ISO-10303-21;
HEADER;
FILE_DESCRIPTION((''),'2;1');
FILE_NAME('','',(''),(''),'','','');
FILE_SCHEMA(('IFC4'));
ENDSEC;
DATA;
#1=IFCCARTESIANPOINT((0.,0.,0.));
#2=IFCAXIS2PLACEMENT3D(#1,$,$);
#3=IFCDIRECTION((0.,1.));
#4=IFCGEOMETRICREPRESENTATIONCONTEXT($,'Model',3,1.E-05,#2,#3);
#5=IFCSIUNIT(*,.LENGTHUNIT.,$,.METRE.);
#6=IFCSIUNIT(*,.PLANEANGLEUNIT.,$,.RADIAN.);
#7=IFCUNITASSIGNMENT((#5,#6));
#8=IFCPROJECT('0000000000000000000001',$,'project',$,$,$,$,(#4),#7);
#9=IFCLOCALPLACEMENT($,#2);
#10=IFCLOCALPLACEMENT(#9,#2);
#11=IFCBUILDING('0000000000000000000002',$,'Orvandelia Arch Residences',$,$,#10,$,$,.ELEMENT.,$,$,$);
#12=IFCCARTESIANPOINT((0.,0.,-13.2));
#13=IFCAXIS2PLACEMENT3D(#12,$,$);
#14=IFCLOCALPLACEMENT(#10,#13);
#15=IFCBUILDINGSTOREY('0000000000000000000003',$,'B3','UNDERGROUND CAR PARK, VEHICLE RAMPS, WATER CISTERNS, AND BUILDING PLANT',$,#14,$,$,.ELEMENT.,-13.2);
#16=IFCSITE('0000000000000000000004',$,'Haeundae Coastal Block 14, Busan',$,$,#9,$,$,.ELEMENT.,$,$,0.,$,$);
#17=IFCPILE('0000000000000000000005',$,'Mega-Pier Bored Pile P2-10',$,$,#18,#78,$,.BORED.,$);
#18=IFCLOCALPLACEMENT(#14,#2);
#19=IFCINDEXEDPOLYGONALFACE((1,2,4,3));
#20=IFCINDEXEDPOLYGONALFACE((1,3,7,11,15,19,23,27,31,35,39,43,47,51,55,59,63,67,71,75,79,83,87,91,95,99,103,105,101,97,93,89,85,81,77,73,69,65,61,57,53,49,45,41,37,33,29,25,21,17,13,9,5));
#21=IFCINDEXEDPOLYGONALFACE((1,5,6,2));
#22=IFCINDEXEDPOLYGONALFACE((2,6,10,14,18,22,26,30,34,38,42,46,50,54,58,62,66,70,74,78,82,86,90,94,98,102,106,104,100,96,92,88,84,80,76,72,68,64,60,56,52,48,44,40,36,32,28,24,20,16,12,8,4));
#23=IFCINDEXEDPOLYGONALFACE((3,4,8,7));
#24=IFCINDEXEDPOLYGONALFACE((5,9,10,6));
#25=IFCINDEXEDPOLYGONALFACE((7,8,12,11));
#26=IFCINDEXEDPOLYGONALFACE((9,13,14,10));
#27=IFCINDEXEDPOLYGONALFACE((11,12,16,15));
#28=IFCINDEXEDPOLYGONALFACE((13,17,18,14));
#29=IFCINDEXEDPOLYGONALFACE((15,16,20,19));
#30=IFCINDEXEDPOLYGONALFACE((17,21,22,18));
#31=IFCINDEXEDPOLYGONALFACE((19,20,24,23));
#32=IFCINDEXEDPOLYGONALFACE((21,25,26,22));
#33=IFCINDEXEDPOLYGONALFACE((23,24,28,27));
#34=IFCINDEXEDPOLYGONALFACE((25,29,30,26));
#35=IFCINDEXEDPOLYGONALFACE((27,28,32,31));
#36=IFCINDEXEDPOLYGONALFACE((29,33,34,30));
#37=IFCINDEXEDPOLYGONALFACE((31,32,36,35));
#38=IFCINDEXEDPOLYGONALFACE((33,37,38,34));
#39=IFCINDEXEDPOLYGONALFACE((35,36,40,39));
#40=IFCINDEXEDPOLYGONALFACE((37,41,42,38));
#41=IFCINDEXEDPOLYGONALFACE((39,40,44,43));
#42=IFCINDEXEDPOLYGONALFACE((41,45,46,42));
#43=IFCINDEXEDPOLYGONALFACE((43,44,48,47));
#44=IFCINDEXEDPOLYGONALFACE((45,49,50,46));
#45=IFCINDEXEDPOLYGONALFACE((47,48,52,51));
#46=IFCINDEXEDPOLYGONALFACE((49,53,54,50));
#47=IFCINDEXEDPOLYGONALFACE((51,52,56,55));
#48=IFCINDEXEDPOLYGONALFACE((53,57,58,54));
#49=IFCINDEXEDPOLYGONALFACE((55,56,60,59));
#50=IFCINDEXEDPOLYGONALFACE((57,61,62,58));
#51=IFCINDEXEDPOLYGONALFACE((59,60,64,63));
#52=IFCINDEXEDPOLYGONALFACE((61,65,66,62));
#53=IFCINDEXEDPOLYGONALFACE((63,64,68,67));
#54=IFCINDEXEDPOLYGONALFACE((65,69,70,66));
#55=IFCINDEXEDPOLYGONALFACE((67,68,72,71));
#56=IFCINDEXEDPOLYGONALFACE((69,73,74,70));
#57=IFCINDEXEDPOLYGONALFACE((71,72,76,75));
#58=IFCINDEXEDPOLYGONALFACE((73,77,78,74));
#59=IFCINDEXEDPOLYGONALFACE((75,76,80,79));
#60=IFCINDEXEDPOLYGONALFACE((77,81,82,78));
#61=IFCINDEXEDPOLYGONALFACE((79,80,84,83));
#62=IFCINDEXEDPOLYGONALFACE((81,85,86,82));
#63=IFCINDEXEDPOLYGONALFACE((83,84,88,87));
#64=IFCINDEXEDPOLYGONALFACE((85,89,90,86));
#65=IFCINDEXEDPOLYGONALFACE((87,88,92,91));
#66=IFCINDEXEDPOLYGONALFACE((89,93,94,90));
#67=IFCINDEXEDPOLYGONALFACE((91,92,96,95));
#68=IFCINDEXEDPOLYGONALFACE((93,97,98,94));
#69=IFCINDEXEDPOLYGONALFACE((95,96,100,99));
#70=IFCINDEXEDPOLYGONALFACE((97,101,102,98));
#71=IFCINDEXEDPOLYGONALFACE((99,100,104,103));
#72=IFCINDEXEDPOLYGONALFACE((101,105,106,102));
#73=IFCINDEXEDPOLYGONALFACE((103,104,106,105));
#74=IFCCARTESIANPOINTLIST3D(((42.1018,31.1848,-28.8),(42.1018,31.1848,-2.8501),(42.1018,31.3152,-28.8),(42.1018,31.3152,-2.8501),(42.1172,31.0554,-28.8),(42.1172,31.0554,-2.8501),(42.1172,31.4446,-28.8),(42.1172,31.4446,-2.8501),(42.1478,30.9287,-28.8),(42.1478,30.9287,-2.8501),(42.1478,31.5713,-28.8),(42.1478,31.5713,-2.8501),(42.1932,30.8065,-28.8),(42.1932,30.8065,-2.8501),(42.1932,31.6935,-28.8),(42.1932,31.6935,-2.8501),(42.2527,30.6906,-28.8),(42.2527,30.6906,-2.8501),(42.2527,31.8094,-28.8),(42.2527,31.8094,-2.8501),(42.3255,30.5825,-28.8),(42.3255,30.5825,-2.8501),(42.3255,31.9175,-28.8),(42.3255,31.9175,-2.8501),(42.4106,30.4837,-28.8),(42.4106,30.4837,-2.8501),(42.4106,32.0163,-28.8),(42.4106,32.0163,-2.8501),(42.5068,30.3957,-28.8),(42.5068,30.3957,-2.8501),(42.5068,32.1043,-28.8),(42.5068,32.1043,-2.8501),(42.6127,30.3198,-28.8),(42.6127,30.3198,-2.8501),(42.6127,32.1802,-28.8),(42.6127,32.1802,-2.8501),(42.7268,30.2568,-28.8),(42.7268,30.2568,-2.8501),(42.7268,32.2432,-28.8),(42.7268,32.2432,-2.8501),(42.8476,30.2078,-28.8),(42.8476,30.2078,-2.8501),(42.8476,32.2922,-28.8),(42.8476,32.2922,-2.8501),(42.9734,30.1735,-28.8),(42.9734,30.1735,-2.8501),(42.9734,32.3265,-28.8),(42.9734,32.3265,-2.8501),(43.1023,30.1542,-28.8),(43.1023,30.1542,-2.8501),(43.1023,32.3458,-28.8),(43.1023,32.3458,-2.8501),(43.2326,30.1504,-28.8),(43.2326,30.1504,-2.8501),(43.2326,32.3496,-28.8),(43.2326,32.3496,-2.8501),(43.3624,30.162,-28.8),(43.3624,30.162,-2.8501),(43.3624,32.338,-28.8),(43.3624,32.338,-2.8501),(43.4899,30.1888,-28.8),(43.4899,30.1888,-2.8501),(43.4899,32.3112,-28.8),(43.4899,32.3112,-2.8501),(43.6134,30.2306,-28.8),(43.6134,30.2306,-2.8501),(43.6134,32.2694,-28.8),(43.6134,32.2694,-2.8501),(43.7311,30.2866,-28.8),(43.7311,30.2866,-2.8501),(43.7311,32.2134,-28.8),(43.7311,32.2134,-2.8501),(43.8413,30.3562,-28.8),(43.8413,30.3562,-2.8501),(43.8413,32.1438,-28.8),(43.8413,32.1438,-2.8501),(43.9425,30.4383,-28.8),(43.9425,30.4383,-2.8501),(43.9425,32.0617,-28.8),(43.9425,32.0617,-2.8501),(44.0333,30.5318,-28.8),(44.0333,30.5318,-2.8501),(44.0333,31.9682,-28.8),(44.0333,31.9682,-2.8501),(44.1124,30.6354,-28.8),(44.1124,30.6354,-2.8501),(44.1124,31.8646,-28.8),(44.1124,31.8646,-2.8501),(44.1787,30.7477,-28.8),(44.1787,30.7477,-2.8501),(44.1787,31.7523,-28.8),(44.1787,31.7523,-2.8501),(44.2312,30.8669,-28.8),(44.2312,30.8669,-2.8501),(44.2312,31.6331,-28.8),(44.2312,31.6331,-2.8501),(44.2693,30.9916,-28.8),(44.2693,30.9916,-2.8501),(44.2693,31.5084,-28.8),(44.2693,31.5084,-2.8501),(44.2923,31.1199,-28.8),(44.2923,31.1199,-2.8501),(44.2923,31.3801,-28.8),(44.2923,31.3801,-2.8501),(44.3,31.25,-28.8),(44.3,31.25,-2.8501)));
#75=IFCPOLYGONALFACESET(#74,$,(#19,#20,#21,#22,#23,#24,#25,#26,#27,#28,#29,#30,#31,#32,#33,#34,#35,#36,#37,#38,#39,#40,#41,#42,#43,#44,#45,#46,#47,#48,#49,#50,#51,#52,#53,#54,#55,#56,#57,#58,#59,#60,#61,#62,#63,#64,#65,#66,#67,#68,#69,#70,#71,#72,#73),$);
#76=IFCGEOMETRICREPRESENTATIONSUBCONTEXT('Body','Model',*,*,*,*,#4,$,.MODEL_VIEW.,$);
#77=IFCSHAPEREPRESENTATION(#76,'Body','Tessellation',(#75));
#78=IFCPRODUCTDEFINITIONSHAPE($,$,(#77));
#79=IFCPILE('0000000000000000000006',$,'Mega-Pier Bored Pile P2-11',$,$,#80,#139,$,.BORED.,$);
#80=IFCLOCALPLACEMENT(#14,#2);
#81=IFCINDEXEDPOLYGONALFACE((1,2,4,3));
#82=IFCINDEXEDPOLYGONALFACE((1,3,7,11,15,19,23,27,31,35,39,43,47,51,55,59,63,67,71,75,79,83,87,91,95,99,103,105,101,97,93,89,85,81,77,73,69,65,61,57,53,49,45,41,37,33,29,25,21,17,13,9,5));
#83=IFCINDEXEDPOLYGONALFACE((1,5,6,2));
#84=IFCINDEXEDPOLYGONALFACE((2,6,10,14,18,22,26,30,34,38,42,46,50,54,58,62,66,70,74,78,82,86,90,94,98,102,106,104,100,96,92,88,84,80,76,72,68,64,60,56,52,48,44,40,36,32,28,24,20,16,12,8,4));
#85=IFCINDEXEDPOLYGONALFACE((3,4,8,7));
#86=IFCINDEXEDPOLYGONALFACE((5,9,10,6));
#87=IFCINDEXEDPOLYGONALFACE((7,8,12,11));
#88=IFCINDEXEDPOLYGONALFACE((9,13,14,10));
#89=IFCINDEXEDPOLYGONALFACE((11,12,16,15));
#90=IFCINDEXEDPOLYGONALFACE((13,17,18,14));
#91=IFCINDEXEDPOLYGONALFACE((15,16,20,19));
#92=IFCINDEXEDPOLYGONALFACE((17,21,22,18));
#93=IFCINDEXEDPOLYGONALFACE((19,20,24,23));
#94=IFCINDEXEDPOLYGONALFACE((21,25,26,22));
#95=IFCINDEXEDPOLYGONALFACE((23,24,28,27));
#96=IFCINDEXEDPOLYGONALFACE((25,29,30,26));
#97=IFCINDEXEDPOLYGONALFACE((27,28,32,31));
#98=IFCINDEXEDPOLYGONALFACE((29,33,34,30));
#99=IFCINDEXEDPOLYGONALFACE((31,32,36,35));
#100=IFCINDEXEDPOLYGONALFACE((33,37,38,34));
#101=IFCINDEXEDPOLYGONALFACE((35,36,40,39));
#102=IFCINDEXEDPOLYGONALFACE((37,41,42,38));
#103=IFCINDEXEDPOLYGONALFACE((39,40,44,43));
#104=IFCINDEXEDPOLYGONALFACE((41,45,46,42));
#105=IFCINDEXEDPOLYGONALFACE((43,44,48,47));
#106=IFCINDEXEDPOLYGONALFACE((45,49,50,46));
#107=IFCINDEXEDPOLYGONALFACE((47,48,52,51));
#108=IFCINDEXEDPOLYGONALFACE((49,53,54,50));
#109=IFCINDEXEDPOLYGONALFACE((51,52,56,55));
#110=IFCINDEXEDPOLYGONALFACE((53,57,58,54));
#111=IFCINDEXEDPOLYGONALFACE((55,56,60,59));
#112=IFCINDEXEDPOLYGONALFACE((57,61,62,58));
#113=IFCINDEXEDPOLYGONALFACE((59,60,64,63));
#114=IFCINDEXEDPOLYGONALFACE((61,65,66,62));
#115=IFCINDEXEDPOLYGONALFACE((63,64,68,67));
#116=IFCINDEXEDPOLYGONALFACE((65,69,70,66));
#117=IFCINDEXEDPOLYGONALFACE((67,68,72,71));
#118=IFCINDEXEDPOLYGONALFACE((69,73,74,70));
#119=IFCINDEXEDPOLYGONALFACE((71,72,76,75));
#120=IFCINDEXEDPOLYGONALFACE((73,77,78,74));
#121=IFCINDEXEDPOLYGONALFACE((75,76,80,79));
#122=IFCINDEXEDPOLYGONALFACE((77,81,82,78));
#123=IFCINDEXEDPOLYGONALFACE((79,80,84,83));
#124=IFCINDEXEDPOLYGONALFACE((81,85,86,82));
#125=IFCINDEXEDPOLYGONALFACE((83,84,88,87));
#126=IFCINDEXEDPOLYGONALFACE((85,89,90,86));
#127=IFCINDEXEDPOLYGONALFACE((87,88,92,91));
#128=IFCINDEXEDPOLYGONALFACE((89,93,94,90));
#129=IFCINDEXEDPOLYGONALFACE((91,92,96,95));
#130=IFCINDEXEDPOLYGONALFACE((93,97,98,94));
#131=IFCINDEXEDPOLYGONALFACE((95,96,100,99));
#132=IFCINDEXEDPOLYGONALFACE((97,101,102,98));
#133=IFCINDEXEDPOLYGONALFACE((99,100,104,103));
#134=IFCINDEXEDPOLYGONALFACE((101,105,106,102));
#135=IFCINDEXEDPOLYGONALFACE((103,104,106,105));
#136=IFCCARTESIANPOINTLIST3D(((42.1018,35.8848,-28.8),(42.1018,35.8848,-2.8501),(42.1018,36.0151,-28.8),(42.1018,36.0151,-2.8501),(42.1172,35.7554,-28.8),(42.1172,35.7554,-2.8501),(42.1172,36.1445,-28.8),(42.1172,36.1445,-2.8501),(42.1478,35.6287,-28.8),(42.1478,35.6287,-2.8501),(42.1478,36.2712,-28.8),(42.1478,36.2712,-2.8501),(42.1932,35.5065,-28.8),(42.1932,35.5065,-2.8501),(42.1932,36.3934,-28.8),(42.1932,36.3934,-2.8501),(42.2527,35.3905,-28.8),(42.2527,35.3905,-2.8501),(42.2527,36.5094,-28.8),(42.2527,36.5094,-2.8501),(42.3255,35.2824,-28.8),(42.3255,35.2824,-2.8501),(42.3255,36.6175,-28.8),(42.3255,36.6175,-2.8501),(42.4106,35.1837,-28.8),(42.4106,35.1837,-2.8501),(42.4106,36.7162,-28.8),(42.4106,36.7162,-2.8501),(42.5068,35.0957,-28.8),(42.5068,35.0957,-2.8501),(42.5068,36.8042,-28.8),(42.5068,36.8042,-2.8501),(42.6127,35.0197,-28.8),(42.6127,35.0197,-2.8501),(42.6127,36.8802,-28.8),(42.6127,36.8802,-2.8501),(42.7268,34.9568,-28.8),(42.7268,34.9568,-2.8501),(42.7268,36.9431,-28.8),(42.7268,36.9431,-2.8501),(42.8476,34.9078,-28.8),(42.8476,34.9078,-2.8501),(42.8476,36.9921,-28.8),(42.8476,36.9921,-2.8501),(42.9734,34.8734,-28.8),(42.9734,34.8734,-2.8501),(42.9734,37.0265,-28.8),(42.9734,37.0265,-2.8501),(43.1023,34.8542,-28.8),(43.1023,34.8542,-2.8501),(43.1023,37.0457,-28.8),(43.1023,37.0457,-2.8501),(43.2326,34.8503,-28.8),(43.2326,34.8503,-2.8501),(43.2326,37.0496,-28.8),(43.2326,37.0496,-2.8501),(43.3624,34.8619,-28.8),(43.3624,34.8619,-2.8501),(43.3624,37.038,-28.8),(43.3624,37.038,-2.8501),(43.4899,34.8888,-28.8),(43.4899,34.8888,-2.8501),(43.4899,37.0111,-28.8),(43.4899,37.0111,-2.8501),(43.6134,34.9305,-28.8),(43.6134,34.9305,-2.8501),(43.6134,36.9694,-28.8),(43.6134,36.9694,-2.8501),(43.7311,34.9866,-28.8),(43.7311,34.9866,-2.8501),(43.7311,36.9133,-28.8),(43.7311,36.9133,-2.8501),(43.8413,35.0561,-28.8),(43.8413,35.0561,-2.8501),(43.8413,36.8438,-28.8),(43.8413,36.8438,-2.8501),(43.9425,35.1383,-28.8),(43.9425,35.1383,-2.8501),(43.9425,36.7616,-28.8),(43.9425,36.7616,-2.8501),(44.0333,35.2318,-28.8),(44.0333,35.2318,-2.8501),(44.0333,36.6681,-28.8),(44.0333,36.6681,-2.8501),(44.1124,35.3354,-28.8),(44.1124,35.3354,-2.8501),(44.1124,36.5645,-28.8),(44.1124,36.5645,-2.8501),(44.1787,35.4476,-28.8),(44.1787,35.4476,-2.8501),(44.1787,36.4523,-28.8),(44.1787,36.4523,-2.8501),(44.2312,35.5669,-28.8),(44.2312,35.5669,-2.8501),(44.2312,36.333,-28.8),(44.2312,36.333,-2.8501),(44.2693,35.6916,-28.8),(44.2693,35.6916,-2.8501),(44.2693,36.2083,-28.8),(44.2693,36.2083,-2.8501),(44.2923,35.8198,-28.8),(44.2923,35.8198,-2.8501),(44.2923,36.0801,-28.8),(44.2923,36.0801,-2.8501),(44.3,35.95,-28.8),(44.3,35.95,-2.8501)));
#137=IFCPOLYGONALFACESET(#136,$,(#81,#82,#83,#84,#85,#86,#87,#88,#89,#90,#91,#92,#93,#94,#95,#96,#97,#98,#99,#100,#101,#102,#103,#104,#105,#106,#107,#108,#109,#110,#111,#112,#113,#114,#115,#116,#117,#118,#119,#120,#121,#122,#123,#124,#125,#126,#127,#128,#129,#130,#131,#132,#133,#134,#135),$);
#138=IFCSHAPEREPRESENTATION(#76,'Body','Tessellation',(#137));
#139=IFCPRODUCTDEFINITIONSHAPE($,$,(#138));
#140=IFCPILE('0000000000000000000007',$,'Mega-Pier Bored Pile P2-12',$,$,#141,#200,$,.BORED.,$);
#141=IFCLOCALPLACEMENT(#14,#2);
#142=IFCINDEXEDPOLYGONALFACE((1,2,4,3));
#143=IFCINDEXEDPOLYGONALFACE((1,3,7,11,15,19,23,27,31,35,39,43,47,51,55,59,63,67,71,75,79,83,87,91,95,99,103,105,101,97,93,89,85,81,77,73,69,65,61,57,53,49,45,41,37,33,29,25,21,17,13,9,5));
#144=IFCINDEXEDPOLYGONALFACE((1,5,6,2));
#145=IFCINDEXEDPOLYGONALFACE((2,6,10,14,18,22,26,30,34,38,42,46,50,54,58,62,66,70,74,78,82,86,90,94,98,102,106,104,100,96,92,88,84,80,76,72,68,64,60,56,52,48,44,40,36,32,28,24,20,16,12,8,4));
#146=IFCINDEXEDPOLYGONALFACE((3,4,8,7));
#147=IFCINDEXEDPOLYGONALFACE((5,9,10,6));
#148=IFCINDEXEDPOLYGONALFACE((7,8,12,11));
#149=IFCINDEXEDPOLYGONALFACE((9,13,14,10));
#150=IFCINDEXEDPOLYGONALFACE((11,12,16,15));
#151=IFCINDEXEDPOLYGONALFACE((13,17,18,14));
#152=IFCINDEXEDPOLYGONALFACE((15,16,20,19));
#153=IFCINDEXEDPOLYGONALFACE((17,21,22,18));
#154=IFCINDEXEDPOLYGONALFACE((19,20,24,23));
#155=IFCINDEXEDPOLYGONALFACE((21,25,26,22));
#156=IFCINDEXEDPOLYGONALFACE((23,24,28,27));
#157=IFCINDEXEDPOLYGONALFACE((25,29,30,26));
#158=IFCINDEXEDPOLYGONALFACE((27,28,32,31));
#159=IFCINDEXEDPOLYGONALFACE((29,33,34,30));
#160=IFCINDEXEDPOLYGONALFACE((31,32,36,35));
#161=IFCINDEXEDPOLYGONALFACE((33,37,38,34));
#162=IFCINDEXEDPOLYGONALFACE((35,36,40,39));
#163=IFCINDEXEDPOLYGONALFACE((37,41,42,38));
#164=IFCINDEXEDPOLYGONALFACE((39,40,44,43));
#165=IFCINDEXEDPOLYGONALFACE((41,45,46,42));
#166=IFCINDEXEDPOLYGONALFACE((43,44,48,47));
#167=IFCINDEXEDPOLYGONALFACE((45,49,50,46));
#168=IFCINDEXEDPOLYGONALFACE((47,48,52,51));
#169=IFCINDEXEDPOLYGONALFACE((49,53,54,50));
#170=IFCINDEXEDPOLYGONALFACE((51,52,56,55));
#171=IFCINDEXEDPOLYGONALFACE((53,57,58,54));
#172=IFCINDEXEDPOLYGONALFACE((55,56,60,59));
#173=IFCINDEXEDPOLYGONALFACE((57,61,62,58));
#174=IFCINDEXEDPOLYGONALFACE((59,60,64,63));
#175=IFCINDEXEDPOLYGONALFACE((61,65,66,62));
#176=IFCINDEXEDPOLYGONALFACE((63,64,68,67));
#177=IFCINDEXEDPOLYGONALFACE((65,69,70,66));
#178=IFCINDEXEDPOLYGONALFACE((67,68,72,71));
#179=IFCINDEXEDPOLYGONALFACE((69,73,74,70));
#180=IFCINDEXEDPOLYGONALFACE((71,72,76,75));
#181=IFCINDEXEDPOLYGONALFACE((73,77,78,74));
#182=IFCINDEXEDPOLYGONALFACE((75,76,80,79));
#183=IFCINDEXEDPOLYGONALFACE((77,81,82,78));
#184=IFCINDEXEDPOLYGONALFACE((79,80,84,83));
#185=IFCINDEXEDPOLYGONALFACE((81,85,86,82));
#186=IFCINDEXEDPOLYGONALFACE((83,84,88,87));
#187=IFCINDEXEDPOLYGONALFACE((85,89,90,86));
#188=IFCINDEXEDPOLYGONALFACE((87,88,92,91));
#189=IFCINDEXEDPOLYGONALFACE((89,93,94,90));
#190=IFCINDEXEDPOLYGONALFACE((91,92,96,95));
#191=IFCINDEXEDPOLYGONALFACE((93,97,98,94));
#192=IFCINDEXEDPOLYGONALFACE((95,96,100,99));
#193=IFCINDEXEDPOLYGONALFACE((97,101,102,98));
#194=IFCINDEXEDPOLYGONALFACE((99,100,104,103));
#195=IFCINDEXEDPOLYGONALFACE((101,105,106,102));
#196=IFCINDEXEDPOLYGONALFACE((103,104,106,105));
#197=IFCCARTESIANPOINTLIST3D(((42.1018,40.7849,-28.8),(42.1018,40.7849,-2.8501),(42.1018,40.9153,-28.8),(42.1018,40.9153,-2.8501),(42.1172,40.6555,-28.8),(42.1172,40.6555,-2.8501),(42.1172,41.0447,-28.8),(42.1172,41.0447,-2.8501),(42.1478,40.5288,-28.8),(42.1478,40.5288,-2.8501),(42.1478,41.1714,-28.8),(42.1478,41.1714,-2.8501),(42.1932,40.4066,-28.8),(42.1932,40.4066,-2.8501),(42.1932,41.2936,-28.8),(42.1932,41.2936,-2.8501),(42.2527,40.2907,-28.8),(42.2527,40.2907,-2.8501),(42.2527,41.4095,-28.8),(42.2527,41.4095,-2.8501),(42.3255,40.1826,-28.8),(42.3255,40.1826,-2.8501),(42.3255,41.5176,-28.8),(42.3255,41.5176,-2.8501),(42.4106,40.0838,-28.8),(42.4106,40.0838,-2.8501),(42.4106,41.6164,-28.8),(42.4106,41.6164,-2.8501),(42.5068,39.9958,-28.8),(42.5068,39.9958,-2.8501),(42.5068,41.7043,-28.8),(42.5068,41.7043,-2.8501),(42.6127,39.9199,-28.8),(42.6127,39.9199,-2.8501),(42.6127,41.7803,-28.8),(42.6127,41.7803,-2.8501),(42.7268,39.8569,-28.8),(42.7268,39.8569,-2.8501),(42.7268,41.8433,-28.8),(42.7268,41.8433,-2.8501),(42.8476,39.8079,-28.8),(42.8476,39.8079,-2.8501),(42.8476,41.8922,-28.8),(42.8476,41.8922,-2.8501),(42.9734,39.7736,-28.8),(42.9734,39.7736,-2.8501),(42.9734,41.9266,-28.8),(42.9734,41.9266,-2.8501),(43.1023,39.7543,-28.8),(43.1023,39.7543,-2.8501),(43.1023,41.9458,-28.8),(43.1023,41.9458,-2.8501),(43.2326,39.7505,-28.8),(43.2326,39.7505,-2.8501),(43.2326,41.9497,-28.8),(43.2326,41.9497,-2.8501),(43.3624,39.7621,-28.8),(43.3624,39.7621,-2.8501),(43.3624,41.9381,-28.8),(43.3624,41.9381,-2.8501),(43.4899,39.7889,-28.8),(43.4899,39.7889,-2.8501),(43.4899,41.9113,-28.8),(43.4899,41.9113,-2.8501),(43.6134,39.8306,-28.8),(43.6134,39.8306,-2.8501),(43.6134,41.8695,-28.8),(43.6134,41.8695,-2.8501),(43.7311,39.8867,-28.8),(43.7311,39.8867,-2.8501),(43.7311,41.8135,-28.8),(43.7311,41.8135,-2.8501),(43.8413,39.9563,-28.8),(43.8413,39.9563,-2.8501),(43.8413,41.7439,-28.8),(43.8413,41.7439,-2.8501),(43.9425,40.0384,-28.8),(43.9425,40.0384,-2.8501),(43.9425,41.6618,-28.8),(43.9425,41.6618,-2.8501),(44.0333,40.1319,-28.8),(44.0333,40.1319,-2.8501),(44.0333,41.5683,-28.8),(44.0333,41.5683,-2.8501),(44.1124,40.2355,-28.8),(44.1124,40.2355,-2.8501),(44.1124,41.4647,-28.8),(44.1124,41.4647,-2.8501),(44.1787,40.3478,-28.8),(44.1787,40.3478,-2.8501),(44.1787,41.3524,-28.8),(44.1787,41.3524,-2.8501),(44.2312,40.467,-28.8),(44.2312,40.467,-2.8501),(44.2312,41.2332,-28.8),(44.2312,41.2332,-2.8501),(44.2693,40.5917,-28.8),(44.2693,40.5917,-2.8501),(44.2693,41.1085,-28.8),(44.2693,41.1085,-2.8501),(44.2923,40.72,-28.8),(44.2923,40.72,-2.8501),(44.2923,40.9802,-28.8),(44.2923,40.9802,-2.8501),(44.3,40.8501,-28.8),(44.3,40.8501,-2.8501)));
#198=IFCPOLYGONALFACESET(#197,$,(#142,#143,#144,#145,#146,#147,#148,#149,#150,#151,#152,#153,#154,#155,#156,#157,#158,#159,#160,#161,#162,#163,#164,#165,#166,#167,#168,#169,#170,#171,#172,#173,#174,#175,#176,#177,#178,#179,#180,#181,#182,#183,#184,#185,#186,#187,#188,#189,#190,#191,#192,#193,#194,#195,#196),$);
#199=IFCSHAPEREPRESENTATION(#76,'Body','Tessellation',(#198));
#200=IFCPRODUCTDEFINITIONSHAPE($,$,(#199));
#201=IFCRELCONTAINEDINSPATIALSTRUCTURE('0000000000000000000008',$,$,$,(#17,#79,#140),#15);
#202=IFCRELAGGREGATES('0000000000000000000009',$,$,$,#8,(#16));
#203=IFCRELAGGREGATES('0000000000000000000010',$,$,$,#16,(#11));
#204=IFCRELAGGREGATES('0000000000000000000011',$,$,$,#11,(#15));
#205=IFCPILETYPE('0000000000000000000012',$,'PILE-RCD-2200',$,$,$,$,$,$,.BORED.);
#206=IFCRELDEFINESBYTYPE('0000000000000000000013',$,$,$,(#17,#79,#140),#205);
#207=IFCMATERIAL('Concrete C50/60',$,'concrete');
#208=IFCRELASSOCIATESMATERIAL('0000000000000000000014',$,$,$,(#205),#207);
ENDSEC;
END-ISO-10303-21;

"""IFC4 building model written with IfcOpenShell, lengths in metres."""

from ifc_helpers import new_model, si_unit, direction, frame, origin, origin_2d, place, context, subcontext, project, spatial, circle, extrude, material, material_profile, profile_set, type_object, element, save


model = new_model("IFC4")

# Units and contexts
model_context = context("Model", 3, precision=1e-05, world=origin(), true_north=direction((0.0, 1.0)))
body_context = subcontext(model_context, "Body", "Model", "MODEL_VIEW")
ifc_project = project(units=[si_unit("LENGTHUNIT", "METRE"), si_unit("PLANEANGLEUNIT", "RADIAN")], contexts=[model_context])

# Site, building, storey
site_placement = place(None, origin())
site = spatial("IfcSite", under=ifc_project, at=site_placement, Name="Haeundae Coastal Block 14, Busan", CompositionType="ELEMENT", RefElevation=0.0)
building_placement = place(site_placement, origin())
building = spatial("IfcBuilding", under=site, at=building_placement, Name="Orvandelia Arch Residences", CompositionType="ELEMENT")
storey_placement = place(building_placement, frame((0.0, 0.0, -13.2)))
storey = spatial("IfcBuildingStorey", under=building, at=storey_placement, Name="B3", Description="UNDERGROUND CAR PARK, VEHICLE RAMPS, WATER CISTERNS, AND BUILDING PLANT", CompositionType="ELEMENT", Elevation=-13.2)

# Shared definitions
ifc_material_1 = material(Name="Concrete C50/60", Category="concrete")

# Piles
ifc_material_profile_1 = material_profile(ifc_material_1, circle(Radius=1.1001, at=origin_2d()), Name="Concrete C50/60", Category="concrete")
ifc_profile_set_1 = profile_set([ifc_material_profile_1], Name="Concrete C50/60")
pile_type = type_object("IfcPileType", Name="PILE-RCD-2200", PredefinedType="BORED", material=ifc_profile_set_1)
for number, where, z_axis, x_axis, name in (
    (1, (43.2, 31.25, -2.8501), (0.0, 0.0, -1.0), (1.0, 0.0, 0.0), "Mega-Pier Bored Pile P2-10"),
    (2, (43.2, 35.95, -2.8501), (0.0, 0.0, -1.0), (1.0, 0.0, 0.0), "Mega-Pier Bored Pile P2-11"),
    (3, (43.2, 40.8501, -2.8501), (0.0, 0.0, -1.0), (1.0, 0.0, 0.0), "Mega-Pier Bored Pile P2-12"),
):
    element("IfcPile", number, at=place(storey_placement, frame(where, z_axis=z_axis, x_axis=x_axis)), inside=storey, type_object=pile_type, Name=name, PredefinedType="BORED", context=body_context, shape_type="SweptSolid", body=[
        extrude(circle(Radius=1.1001, at=origin_2d()), origin(), (0.0, 0.0, 1.0), 25.95),
    ])

save(model, "model.ifc")
